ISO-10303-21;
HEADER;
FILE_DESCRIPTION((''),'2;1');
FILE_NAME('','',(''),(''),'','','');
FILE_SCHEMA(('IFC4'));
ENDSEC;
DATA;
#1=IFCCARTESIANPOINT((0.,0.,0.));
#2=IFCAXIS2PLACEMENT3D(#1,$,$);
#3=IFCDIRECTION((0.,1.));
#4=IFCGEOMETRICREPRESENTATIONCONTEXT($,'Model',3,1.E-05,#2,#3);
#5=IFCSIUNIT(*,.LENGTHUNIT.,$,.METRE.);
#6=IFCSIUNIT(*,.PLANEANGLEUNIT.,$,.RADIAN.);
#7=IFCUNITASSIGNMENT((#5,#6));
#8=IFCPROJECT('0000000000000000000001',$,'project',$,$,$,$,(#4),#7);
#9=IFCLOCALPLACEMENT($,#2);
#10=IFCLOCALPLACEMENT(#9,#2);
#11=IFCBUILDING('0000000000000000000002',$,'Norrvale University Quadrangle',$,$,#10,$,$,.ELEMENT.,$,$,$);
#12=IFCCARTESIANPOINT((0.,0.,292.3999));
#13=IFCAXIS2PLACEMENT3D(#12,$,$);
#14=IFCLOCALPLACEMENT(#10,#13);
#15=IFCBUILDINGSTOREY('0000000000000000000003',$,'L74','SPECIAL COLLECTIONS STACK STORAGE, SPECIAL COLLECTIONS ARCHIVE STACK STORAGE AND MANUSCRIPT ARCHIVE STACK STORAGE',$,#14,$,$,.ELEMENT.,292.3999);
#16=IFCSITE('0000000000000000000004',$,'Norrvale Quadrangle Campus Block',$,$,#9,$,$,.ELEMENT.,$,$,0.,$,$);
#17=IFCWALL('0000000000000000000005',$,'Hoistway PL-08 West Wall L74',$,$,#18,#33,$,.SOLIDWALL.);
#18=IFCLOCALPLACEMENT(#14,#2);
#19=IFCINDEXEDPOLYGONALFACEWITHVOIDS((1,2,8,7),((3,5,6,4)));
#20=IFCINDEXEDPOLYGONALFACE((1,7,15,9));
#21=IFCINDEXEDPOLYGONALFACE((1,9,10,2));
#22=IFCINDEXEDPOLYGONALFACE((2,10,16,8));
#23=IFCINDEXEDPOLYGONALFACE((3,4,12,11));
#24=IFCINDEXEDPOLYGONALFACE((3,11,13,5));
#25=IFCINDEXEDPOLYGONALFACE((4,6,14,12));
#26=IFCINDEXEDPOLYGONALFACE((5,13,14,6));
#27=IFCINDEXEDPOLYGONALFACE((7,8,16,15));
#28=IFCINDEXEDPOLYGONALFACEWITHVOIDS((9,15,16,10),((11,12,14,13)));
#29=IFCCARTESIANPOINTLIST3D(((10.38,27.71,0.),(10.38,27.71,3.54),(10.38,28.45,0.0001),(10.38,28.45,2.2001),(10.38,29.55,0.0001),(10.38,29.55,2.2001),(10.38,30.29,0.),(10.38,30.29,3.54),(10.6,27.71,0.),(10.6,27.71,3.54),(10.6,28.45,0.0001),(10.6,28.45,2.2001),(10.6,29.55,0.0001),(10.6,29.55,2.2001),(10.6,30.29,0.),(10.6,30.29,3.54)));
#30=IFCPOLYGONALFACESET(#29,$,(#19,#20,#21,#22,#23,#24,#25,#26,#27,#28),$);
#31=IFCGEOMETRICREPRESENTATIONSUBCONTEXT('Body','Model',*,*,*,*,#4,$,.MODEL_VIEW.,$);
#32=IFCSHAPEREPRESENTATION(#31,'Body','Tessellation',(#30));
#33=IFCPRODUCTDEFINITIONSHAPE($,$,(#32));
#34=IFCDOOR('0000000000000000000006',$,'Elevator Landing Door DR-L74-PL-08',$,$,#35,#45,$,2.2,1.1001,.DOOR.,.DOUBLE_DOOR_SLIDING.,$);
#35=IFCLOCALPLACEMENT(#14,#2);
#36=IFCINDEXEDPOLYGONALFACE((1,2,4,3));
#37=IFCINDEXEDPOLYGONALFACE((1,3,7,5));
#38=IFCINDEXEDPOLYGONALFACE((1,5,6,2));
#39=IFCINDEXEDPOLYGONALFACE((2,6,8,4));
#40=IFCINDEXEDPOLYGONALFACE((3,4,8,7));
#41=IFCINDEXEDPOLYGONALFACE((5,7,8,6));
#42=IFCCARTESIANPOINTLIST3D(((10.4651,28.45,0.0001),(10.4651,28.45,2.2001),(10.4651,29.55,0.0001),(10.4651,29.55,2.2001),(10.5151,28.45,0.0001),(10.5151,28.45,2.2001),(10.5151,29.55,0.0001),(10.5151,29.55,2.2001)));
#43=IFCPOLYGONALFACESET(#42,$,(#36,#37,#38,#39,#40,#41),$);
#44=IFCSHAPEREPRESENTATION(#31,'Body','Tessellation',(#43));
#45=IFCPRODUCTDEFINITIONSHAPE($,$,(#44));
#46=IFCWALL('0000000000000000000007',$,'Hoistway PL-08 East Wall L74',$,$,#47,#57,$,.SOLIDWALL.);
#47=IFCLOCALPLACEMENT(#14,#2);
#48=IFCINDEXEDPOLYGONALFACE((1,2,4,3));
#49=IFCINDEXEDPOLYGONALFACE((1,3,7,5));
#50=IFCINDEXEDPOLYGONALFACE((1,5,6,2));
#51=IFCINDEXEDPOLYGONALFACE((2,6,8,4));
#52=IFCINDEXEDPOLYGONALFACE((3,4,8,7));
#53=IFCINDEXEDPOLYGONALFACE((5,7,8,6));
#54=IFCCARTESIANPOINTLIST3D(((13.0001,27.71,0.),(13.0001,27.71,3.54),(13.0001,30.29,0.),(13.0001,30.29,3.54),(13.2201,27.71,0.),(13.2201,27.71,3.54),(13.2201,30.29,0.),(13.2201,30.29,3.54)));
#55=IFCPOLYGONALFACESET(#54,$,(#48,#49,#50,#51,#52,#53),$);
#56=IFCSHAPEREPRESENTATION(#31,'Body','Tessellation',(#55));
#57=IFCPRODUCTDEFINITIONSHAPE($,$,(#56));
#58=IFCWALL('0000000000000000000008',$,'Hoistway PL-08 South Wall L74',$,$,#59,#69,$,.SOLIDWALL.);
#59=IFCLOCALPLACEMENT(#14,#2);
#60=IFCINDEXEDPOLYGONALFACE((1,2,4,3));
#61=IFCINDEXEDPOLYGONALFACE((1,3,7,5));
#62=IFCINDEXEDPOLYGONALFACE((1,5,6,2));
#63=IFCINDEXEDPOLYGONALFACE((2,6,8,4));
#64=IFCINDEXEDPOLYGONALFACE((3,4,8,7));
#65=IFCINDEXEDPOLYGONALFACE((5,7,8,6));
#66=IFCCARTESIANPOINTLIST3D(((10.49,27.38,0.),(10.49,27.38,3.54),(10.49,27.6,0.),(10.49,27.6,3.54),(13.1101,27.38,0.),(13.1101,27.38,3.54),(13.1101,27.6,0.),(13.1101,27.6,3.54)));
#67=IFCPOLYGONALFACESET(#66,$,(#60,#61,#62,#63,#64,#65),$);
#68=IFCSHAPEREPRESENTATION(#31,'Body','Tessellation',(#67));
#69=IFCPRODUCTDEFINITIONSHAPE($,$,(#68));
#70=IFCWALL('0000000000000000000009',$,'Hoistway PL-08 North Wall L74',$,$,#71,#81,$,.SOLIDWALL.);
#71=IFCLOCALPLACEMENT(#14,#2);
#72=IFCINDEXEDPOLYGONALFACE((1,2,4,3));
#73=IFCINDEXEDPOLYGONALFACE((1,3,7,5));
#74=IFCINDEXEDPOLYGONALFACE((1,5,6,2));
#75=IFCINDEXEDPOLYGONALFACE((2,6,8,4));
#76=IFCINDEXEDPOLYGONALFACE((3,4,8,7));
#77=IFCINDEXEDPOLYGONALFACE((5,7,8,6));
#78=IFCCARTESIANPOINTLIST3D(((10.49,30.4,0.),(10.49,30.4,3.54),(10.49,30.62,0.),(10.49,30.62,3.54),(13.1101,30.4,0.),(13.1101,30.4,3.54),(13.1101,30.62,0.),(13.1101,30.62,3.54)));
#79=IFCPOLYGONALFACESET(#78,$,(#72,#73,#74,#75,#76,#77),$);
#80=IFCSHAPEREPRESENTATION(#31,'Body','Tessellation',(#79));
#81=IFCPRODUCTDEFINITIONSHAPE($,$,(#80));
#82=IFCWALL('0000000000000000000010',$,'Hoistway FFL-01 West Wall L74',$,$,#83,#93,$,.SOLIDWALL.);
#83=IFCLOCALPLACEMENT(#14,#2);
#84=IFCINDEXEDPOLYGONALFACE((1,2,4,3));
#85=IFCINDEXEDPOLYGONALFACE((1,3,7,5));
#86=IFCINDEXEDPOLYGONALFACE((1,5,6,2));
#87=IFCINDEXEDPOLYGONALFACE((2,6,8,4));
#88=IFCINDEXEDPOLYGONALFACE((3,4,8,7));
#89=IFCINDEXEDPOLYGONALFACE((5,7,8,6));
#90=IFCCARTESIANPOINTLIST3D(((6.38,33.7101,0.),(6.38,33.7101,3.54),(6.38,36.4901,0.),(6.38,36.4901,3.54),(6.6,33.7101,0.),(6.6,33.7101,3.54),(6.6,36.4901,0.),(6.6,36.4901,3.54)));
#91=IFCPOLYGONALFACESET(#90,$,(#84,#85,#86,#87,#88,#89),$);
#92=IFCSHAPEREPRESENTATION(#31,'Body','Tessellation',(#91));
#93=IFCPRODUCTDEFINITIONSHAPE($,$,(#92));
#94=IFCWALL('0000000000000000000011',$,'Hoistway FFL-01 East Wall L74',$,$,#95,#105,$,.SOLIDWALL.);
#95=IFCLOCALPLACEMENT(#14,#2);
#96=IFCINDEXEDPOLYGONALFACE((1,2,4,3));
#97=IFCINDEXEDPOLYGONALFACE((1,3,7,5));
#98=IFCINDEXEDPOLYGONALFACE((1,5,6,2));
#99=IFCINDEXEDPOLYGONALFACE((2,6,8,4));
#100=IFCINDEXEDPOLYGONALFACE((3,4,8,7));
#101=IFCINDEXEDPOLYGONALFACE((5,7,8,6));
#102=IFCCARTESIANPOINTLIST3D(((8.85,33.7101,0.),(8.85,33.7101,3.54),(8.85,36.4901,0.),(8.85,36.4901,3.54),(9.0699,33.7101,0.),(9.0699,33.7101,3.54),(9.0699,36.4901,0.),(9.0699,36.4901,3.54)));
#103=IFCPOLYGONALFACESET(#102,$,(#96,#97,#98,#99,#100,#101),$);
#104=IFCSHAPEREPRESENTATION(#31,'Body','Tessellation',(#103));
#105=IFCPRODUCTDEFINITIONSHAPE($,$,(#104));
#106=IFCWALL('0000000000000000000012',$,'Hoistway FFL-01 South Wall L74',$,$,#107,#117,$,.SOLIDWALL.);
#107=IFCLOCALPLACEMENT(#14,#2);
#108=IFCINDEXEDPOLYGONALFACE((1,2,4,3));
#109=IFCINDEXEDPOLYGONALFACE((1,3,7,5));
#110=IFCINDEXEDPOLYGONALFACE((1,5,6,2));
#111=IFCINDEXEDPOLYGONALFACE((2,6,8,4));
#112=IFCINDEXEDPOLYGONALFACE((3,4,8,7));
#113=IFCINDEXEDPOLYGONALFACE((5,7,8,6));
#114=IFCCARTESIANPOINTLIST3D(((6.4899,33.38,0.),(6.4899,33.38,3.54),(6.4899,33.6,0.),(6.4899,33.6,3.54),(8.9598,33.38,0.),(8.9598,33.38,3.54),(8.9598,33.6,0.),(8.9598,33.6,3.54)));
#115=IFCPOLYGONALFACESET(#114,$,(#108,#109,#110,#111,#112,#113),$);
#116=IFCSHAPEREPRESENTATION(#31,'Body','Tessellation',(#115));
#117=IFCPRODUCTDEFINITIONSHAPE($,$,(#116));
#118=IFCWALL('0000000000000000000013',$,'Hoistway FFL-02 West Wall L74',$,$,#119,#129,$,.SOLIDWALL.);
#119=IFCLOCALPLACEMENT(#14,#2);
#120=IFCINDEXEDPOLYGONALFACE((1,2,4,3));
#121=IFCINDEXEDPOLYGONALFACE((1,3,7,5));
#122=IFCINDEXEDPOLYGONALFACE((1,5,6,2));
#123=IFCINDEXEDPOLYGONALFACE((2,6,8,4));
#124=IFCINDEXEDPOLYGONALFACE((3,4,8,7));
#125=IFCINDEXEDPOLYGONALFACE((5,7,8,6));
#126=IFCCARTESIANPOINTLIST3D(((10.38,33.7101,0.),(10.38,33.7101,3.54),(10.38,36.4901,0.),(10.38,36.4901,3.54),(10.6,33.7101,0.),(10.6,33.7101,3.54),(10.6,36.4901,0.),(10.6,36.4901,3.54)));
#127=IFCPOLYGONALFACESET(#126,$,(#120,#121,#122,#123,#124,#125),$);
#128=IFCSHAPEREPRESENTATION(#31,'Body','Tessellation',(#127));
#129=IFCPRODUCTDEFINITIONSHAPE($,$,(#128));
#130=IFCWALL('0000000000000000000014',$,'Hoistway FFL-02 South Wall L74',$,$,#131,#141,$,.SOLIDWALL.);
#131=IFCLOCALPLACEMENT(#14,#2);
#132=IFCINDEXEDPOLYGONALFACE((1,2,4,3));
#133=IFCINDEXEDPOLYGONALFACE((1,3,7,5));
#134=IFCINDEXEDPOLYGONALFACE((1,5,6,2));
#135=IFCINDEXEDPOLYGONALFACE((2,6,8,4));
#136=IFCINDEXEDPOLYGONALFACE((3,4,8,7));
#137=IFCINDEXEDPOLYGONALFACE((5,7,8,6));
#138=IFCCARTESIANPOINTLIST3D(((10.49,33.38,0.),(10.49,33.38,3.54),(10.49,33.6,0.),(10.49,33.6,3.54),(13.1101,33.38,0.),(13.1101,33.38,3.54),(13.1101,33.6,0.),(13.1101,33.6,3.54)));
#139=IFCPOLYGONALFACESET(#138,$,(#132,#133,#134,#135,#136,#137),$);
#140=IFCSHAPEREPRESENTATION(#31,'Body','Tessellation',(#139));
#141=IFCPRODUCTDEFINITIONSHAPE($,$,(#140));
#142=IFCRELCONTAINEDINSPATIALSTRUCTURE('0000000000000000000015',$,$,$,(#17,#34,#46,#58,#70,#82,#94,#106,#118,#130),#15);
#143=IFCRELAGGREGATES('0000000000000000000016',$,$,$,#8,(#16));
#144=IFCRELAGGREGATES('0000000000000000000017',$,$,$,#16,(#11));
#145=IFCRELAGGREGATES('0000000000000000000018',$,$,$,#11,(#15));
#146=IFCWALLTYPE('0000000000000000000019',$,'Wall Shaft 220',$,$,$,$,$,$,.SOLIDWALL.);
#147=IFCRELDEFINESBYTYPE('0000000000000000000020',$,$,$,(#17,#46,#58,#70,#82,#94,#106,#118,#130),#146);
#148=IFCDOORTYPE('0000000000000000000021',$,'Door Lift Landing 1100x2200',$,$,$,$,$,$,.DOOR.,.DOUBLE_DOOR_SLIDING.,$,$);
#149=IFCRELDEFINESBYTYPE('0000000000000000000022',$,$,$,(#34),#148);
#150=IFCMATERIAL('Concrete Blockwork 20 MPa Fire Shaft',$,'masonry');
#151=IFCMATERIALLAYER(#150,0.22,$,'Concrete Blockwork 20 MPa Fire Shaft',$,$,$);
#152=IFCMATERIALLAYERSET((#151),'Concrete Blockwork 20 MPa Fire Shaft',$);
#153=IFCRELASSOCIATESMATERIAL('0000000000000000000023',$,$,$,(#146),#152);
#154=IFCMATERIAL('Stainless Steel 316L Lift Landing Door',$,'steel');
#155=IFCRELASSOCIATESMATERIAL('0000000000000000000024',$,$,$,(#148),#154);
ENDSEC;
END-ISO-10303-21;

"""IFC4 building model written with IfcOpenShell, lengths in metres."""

from ifc_helpers import new_model, si_unit, direction, frame, frame_2d, origin, place, context, subcontext, project, spatial, rectangle, extrude, material, layer, layer_set, type_object, element, fill, save


model = new_model("IFC4")

# Units and contexts
model_context = context("Model", 3, precision=1e-05, world=origin(), true_north=direction((0.0, 1.0)))
body_context = subcontext(model_context, "Body", "Model", "MODEL_VIEW")
ifc_project = project(units=[si_unit("LENGTHUNIT", "METRE"), si_unit("PLANEANGLEUNIT", "RADIAN")], contexts=[model_context])

# Site, building, storey
site_placement = place(None, origin())
site = spatial("IfcSite", under=ifc_project, at=site_placement, Name="Norrvale Quadrangle Campus Block", CompositionType="ELEMENT", RefElevation=0.0)
building_placement = place(site_placement, origin())
building = spatial("IfcBuilding", under=site, at=building_placement, Name="Norrvale University Quadrangle", CompositionType="ELEMENT")
storey_placement = place(building_placement, frame((0.0, 0.0, 292.3999)))
storey = spatial("IfcBuildingStorey", under=building, at=storey_placement, Name="L74", Description="SPECIAL COLLECTIONS STACK STORAGE, SPECIAL COLLECTIONS ARCHIVE STACK STORAGE AND MANUSCRIPT ARCHIVE STACK STORAGE", CompositionType="ELEMENT", Elevation=292.3999)

# Shared definitions
ifc_material_1 = material(Name="Concrete Blockwork 20 MPa Fire Shaft", Category="masonry")
ifc_layer_1 = layer(ifc_material_1, 0.22, Name="Concrete Blockwork 20 MPa Fire Shaft")
ifc_layer_set_1 = layer_set([ifc_layer_1], Name="Concrete Blockwork 20 MPa Fire Shaft")
wall_type_1 = type_object("IfcWallType", Name="Wall Shaft 220", PredefinedType="SOLIDWALL", material=ifc_layer_set_1)

# Shared definitions
ifc_material_2 = material(Name="Stainless Steel 316L Lift Landing Door", Category="steel")
door_type_1 = type_object("IfcDoorType", Name="Door Lift Landing 1100x2200", OperationType="DOUBLE_DOOR_SLIDING", PredefinedType="DOOR", material=ifc_material_2)

# Wall, opening, door
wall_1_placement = place(storey_placement, frame((10.49, 27.71, 0.0), z_axis=(0.0, 0.0, 1.0), x_axis=(0.0, 1.0, 0.0)))
wall_1 = element("IfcWall", 1, at=wall_1_placement, inside=storey, type_object=wall_type_1, Name="Hoistway PL-08 West Wall L74", PredefinedType="SOLIDWALL", context=body_context, shape_type="SweptSolid", body=[
    extrude(rectangle(XDim=2.5801, YDim=0.22, at=frame_2d((1.29, 0.0))), origin(), (0.0, 0.0, 1.0), 3.54),
])
opening_1_placement = place(wall_1_placement, frame((0.74, 0.0, 0.0)))
opening_1 = element("IfcOpeningElement", 2, at=opening_1_placement, cuts=wall_1, PredefinedType="OPENING", context=body_context, shape_type="SweptSolid", body=[
    extrude(rectangle(XDim=1.1001, YDim=2.2, at=frame_2d((0.55, 1.1001))), frame((0.0, 0.1221, 0.0), z_axis=(0.0, -1.0, 0.0), x_axis=(1.0, 0.0, 0.0)), (0.0, 0.0, 1.0), 0.2439),
])
door_1_placement = place(opening_1_placement, origin())
door_1 = element("IfcDoor", 3, at=door_1_placement, inside=storey, type_object=door_type_1, Name="Elevator Landing Door DR-L74-PL-08", OperationType="DOUBLE_DOOR_SLIDING", OverallHeight=2.2, OverallWidth=1.1001, PredefinedType="DOOR", context=body_context, shape_type="SweptSolid", body=[
    extrude(rectangle(XDim=1.1001, YDim=2.2, at=frame_2d((0.55, 1.1001))), frame((0.0, 0.0249, 0.0), z_axis=(0.0, -1.0, 0.0), x_axis=(1.0, 0.0, 0.0)), (0.0, 0.0, 1.0), 0.05),
])
fill(opening_1, door_1)

# Walls
wall_2_placement = place(storey_placement, frame((13.1101, 27.71, 0.0), z_axis=(0.0, 0.0, 1.0), x_axis=(0.0, 1.0, 0.0)))
element("IfcWall", 4, at=wall_2_placement, inside=storey, type_object=wall_type_1, Name="Hoistway PL-08 East Wall L74", PredefinedType="SOLIDWALL", context=body_context, shape_type="SweptSolid", body=[
    extrude(rectangle(XDim=2.5801, YDim=0.22, at=frame_2d((1.29, 0.0))), origin(), (0.0, 0.0, 1.0), 3.54),
])
for number, where, z_axis, x_axis, name in (
    (5, (10.49, 27.49, 0.0), (0.0, 0.0, 1.0), (1.0, 0.0, 0.0), "Hoistway PL-08 South Wall L74"),
    (6, (10.49, 30.51, 0.0), (0.0, 0.0, 1.0), (1.0, 0.0, 0.0), "Hoistway PL-08 North Wall L74"),
):
    element("IfcWall", number, at=place(storey_placement, frame(where, z_axis=z_axis, x_axis=x_axis)), inside=storey, type_object=wall_type_1, Name=name, PredefinedType="SOLIDWALL", context=body_context, shape_type="SweptSolid", body=[
        extrude(rectangle(XDim=2.6201, YDim=0.22, at=frame_2d((1.3101, 0.0))), origin(), (0.0, 0.0, 1.0), 3.54),
    ])
for number, where, z_axis, x_axis, name in (
    (7, (6.49, 33.71, 0.0), (0.0, 0.0, 1.0), (0.0, 1.0, 0.0), "Hoistway FFL-01 West Wall L74"),
    (8, (8.96, 33.71, 0.0), (0.0, 0.0, 1.0), (0.0, 1.0, 0.0), "Hoistway FFL-01 East Wall L74"),
):
    element("IfcWall", number, at=place(storey_placement, frame(where, z_axis=z_axis, x_axis=x_axis)), inside=storey, type_object=wall_type_1, Name=name, PredefinedType="SOLIDWALL", context=body_context, shape_type="SweptSolid", body=[
        extrude(rectangle(XDim=2.78, YDim=0.22, at=frame_2d((1.3901, 0.0))), origin(), (0.0, 0.0, 1.0), 3.54),
    ])
wall_3_placement = place(storey_placement, frame((6.49, 33.49, 0.0), z_axis=(0.0, 0.0, 1.0), x_axis=(1.0, 0.0, 0.0)))
element("IfcWall", 9, at=wall_3_placement, inside=storey, type_object=wall_type_1, Name="Hoistway FFL-01 South Wall L74", PredefinedType="SOLIDWALL", context=body_context, shape_type="SweptSolid", body=[
    extrude(rectangle(XDim=2.47, YDim=0.22, at=frame_2d((1.2349, 0.0))), origin(), (0.0, 0.0, 1.0), 3.54),
])
wall_4_placement = place(storey_placement, frame((10.49, 33.71, 0.0), z_axis=(0.0, 0.0, 1.0), x_axis=(0.0, 1.0, 0.0)))
element("IfcWall", 10, at=wall_4_placement, inside=storey, type_object=wall_type_1, Name="Hoistway FFL-02 West Wall L74", PredefinedType="SOLIDWALL", context=body_context, shape_type="SweptSolid", body=[
    extrude(rectangle(XDim=2.78, YDim=0.22, at=frame_2d((1.3901, 0.0))), origin(), (0.0, 0.0, 1.0), 3.54),
])
wall_5_placement = place(storey_placement, frame((10.49, 33.49, 0.0), z_axis=(0.0, 0.0, 1.0), x_axis=(1.0, 0.0, 0.0)))
element("IfcWall", 11, at=wall_5_placement, inside=storey, type_object=wall_type_1, Name="Hoistway FFL-02 South Wall L74", PredefinedType="SOLIDWALL", context=body_context, shape_type="SweptSolid", body=[
    extrude(rectangle(XDim=2.6201, YDim=0.22, at=frame_2d((1.3101, 0.0))), origin(), (0.0, 0.0, 1.0), 3.54),
])

save(model, "model.ifc")
